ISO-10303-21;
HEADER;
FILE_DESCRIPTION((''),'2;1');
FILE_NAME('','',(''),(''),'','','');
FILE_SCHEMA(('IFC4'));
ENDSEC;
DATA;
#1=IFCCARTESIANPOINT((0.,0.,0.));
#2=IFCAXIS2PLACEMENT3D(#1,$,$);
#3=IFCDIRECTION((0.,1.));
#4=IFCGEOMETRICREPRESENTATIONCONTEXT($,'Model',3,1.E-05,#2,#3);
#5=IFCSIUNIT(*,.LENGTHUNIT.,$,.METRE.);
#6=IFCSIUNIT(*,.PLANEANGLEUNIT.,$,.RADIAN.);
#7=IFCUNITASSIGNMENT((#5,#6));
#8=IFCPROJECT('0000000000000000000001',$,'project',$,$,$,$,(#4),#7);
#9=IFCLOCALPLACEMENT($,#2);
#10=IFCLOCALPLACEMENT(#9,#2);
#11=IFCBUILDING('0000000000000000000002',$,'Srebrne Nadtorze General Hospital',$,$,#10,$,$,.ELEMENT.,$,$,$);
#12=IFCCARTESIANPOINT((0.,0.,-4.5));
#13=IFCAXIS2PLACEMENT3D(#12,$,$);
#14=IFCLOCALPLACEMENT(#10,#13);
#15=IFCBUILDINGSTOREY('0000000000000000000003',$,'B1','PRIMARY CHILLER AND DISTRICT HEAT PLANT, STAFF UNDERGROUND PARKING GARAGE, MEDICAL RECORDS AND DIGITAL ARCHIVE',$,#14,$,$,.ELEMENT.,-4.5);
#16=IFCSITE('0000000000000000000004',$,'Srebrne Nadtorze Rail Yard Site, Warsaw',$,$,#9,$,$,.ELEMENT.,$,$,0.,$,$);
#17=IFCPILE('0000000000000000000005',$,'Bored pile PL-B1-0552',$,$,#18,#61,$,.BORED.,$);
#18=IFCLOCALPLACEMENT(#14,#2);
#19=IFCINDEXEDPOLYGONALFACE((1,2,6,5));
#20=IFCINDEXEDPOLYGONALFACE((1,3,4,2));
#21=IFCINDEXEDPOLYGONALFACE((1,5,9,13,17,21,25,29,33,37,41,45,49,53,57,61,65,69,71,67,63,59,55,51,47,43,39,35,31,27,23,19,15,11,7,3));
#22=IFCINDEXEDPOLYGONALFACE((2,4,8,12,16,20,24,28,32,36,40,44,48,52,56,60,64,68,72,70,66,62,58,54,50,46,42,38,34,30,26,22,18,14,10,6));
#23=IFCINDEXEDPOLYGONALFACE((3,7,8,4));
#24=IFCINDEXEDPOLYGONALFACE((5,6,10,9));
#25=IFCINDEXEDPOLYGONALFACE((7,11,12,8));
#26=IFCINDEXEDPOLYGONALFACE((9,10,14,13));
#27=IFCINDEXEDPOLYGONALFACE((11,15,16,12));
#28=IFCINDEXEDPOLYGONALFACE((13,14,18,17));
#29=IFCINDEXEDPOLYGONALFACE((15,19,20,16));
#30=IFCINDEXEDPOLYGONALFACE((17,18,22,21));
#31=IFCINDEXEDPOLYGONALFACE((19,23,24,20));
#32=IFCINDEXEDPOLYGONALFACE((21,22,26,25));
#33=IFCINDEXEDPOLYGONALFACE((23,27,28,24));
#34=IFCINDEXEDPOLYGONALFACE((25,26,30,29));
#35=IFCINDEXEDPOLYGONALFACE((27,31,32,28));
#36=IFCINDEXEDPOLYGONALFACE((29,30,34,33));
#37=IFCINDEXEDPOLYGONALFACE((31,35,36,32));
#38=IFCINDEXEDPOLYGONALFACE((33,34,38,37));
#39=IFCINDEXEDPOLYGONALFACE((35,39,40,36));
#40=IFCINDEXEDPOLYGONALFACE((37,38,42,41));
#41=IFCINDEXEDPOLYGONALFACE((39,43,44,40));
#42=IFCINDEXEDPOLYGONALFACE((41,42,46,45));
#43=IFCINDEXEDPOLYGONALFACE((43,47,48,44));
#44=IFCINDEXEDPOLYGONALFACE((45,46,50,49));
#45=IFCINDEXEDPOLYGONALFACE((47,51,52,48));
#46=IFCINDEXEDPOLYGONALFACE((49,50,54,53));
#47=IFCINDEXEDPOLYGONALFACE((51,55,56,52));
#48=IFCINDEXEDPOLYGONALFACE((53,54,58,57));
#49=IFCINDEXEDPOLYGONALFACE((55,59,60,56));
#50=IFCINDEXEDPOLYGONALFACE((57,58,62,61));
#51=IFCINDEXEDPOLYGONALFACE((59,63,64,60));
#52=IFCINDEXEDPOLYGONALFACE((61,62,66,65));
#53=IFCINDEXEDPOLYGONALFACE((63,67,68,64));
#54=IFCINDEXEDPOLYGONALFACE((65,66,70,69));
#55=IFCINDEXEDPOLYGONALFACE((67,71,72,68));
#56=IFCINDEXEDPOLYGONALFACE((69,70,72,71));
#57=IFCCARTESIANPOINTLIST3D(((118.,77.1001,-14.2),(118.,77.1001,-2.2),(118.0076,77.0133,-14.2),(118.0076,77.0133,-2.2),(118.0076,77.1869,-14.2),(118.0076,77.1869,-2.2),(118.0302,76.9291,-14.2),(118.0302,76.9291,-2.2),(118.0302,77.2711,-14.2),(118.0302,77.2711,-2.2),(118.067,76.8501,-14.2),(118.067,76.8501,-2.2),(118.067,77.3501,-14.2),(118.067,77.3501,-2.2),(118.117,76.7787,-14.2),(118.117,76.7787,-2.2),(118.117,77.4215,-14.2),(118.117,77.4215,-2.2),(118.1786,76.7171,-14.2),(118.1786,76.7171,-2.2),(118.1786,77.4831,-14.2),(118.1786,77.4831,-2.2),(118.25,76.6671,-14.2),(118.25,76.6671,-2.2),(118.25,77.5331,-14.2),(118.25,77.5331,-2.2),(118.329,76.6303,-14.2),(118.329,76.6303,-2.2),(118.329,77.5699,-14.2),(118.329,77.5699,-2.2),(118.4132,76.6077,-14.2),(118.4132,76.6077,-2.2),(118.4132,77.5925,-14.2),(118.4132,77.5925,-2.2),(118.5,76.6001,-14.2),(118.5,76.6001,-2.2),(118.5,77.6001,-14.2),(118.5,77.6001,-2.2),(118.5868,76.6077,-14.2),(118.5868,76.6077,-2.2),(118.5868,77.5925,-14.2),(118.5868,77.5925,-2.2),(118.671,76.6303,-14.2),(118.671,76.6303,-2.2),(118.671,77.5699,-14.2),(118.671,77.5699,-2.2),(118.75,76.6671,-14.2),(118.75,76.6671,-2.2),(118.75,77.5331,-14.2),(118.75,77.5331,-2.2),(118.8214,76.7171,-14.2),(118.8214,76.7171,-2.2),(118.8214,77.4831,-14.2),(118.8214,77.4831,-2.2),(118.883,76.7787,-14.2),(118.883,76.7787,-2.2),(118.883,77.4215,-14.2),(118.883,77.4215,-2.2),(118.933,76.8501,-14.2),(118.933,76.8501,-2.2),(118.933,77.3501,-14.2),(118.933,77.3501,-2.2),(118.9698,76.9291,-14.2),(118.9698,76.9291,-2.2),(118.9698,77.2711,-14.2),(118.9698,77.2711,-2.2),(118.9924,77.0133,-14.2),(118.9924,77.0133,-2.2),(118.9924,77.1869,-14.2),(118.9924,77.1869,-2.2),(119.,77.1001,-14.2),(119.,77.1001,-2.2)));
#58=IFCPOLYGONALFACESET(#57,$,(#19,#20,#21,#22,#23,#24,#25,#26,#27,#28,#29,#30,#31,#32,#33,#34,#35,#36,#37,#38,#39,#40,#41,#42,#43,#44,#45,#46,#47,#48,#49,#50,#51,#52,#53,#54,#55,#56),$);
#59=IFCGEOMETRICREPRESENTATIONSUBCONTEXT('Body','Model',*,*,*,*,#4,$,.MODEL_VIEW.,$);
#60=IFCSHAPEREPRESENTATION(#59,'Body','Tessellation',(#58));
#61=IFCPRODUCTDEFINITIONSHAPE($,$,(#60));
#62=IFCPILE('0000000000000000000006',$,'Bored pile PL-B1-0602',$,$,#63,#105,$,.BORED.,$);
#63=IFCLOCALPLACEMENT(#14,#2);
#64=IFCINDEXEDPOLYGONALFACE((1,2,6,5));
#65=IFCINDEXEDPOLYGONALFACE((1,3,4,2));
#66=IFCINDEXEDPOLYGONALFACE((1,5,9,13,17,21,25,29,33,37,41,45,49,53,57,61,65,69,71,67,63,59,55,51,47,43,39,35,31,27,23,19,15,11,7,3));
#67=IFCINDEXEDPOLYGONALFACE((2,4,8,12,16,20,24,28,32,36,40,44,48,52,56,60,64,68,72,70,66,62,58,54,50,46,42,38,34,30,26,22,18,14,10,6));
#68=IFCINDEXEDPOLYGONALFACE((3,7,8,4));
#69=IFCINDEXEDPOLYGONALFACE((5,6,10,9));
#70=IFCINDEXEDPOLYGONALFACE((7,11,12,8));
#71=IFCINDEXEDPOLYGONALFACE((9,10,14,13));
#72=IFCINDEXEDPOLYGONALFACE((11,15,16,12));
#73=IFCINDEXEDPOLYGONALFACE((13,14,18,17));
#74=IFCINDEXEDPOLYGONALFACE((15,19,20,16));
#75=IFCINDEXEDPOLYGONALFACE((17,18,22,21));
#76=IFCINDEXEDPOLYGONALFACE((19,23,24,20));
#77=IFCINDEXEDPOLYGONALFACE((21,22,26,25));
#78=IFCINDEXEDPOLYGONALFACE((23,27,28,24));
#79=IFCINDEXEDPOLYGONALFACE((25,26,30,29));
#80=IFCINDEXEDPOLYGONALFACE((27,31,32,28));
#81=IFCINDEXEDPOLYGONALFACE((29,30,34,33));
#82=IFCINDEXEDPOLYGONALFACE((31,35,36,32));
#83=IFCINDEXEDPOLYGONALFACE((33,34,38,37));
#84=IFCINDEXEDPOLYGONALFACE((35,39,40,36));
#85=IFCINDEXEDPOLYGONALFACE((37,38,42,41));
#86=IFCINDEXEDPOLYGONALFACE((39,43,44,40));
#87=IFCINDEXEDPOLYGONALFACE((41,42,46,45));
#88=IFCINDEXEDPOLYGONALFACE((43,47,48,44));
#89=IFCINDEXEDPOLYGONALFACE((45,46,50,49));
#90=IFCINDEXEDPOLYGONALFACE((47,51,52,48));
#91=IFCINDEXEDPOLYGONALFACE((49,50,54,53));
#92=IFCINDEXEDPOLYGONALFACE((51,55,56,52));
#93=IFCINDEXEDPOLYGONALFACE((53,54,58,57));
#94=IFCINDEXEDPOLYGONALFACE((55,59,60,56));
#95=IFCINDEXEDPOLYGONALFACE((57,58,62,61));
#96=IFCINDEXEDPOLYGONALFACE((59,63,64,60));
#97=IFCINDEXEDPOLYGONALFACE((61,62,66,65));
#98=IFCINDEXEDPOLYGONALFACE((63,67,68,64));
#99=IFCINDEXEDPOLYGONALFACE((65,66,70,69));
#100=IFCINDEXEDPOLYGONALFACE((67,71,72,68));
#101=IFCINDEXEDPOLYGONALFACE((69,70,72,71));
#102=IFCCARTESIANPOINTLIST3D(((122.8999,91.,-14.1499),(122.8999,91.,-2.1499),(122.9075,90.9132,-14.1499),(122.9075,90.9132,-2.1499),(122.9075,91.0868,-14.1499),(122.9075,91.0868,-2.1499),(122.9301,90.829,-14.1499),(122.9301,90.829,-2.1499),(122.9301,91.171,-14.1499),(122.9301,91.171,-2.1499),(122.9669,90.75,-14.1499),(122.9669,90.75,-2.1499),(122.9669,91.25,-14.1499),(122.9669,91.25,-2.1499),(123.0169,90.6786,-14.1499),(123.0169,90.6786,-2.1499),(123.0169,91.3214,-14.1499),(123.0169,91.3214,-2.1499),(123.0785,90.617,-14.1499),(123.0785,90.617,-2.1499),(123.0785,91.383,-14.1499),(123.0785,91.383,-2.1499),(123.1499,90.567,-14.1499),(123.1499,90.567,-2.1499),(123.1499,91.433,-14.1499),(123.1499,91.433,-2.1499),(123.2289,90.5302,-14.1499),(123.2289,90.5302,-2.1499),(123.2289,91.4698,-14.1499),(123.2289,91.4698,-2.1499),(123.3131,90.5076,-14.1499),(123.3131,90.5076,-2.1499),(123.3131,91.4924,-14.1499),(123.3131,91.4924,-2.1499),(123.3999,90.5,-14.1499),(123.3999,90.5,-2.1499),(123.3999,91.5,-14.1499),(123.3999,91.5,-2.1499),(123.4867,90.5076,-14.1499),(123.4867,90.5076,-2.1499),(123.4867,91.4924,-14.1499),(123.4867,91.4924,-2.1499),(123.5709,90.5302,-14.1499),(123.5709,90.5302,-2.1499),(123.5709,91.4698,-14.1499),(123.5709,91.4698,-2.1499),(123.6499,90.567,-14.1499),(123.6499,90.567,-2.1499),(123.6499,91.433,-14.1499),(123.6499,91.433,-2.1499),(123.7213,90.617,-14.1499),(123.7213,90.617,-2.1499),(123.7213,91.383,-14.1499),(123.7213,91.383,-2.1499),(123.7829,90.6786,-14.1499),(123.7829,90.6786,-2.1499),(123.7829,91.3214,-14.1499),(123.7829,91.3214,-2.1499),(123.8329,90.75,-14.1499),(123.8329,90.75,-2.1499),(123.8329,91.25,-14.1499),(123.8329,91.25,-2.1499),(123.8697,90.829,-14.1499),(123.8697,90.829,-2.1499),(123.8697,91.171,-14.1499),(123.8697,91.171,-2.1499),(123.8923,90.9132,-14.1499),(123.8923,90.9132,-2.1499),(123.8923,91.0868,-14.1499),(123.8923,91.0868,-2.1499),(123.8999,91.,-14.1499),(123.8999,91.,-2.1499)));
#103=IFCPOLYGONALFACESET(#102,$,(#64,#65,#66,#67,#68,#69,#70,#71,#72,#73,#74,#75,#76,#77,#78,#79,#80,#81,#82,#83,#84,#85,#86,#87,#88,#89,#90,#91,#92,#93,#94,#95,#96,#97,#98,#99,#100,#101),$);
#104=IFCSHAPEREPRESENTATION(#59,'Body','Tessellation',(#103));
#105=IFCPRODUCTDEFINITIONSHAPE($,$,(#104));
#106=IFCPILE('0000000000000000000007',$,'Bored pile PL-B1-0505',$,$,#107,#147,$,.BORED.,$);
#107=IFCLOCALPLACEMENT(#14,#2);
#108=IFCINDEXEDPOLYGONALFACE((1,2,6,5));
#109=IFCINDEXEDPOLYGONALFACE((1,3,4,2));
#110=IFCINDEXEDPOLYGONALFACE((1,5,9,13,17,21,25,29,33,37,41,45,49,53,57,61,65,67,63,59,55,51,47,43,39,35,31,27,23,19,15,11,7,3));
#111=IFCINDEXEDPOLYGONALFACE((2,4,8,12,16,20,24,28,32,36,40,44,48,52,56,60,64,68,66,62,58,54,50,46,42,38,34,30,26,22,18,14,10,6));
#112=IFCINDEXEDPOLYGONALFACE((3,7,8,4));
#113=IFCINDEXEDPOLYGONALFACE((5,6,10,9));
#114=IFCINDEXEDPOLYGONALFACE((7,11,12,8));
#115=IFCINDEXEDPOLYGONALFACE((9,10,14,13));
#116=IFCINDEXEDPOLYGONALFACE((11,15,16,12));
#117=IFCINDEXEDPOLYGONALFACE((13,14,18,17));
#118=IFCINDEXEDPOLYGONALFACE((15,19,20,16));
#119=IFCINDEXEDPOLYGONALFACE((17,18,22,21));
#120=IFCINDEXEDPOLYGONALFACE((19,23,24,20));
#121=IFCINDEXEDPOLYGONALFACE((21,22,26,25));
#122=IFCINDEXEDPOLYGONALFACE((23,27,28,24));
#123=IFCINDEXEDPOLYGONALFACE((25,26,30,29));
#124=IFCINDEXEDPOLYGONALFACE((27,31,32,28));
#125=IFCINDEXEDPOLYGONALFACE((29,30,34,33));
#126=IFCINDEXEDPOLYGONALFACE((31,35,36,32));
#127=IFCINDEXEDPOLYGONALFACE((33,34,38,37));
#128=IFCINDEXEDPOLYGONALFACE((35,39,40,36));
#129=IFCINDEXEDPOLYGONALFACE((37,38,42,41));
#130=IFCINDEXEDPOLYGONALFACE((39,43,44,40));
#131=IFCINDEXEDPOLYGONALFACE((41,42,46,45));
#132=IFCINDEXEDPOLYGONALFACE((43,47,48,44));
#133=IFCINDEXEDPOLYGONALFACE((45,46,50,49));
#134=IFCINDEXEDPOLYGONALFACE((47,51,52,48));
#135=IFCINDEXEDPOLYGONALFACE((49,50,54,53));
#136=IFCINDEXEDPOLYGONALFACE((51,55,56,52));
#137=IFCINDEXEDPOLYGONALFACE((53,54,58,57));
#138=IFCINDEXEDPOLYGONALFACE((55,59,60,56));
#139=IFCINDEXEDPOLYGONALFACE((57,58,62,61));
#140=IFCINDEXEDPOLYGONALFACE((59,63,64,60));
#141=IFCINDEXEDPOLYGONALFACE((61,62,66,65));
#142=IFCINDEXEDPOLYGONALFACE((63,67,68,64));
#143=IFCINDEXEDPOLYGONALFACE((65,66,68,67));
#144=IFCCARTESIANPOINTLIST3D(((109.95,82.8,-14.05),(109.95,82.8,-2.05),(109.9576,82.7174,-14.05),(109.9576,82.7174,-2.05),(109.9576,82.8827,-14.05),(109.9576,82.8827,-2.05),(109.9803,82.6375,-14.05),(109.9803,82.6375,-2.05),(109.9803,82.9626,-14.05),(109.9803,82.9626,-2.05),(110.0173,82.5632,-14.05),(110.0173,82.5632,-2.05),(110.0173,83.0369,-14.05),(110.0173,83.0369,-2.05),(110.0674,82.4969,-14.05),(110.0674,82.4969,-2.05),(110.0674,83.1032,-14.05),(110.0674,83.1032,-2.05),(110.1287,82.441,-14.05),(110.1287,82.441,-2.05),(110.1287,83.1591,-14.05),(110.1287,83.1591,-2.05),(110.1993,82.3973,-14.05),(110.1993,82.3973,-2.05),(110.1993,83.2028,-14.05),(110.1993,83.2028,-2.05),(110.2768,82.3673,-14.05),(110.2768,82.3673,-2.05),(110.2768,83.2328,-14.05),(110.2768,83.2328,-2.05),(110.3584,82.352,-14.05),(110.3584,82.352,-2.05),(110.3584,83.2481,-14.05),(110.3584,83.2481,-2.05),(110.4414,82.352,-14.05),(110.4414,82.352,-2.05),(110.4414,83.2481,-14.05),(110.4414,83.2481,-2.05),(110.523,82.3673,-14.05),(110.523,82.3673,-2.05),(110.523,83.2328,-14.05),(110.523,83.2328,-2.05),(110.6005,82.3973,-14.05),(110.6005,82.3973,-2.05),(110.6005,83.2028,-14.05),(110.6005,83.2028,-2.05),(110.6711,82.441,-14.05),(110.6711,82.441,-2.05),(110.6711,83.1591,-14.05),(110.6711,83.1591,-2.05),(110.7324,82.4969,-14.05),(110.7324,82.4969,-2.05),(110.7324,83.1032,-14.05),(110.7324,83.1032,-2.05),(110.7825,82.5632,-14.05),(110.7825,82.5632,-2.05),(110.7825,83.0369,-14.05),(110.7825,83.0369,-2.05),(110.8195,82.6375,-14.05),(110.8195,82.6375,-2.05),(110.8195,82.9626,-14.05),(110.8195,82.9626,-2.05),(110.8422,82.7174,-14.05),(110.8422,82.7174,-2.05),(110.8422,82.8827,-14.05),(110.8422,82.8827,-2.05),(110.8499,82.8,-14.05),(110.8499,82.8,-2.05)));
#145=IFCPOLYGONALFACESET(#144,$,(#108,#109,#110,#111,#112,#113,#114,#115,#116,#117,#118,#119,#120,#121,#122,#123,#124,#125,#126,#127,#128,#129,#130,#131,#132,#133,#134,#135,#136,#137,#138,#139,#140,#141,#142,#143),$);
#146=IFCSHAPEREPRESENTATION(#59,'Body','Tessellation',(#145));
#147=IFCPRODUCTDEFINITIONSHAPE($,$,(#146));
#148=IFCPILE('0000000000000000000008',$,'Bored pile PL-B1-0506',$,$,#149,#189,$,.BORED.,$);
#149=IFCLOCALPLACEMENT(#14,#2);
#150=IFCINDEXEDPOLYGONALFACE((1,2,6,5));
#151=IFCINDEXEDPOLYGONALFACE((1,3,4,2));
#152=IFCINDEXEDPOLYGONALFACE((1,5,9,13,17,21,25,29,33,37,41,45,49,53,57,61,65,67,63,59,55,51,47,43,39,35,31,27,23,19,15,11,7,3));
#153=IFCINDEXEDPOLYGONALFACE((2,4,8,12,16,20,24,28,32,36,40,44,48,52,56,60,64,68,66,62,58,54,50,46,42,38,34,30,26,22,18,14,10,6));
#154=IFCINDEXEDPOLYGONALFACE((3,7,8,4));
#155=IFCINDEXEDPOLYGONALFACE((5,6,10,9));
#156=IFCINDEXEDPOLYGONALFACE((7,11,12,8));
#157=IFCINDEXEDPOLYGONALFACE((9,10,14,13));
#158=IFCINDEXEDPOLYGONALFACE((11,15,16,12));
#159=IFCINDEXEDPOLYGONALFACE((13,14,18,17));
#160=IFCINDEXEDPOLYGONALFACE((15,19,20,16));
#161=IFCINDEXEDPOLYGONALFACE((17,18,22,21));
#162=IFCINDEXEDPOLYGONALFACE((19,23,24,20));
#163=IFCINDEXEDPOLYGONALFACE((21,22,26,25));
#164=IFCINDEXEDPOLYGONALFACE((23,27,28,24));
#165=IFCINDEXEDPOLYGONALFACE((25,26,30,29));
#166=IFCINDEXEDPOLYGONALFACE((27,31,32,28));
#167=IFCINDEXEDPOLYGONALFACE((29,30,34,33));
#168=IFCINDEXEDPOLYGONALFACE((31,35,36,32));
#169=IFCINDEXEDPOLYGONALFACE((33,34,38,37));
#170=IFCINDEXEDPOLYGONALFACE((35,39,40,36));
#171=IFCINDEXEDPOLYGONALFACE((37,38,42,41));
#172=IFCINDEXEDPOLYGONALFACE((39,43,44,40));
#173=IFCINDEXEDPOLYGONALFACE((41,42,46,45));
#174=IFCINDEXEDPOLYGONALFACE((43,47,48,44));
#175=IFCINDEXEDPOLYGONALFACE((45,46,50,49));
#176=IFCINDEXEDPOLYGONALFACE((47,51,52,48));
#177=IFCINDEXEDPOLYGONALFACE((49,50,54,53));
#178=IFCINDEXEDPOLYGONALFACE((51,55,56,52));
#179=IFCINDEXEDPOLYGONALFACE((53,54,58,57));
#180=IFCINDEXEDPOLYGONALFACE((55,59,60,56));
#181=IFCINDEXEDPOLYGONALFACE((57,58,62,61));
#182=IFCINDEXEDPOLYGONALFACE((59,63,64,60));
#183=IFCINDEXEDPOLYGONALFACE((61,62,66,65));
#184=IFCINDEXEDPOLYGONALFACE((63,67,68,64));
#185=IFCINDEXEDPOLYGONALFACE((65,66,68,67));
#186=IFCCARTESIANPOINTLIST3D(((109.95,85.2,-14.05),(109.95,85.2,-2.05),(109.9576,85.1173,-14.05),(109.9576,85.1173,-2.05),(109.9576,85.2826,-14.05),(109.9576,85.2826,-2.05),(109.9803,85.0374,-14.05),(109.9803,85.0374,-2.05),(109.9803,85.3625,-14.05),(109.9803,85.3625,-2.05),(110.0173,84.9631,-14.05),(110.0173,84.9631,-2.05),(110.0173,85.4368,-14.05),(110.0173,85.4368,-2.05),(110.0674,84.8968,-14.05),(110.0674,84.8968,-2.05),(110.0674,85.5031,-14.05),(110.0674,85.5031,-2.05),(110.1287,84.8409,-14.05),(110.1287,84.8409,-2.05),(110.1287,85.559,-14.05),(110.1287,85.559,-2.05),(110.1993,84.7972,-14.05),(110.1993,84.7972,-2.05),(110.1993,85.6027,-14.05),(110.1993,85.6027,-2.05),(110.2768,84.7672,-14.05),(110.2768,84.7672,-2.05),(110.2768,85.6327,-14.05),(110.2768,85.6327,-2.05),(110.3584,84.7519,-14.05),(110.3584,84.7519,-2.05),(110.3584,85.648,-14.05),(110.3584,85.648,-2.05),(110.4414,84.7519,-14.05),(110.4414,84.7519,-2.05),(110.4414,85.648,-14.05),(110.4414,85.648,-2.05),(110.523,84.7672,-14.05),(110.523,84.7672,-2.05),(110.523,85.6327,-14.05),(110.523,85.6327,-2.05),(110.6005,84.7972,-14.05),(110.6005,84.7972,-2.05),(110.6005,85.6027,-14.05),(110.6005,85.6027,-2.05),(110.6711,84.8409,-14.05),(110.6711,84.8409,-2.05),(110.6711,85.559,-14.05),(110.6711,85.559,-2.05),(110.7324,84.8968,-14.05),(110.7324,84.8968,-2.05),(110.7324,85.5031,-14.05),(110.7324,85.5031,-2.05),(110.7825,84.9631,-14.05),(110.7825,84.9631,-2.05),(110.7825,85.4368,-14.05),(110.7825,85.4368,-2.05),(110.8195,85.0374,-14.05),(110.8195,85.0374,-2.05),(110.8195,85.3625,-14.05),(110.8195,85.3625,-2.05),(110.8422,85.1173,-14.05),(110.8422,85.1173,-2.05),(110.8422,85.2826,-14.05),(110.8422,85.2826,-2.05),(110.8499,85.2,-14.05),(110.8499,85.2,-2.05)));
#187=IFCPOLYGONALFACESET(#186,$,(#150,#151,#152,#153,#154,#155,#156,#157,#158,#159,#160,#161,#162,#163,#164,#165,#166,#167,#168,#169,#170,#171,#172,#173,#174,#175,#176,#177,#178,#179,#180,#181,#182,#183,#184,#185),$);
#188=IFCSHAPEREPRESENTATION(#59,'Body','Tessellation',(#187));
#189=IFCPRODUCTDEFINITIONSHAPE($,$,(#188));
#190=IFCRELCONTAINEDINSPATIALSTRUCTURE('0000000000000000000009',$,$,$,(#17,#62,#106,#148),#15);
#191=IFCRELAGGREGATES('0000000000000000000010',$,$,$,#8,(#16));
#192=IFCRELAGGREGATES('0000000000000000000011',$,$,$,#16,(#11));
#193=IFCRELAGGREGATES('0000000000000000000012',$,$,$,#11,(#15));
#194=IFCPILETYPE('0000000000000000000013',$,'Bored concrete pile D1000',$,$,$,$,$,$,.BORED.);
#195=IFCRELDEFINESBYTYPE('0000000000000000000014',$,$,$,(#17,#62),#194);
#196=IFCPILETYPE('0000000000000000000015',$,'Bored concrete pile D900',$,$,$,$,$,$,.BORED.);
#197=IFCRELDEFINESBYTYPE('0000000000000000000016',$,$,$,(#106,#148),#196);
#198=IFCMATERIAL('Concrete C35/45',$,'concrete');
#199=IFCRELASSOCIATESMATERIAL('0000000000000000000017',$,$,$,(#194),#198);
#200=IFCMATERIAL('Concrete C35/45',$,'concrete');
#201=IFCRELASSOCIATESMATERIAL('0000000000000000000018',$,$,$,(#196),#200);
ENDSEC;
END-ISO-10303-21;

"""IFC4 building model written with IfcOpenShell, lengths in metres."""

from ifc_helpers import new_model, si_unit, direction, frame, origin, origin_2d, place, context, subcontext, project, spatial, circle, extrude, material, material_profile, profile_set, type_object, element, save


model = new_model("IFC4")

# Units and contexts
model_context = context("Model", 3, precision=1e-05, world=origin(), true_north=direction((0.0, 1.0)))
body_context = subcontext(model_context, "Body", "Model", "MODEL_VIEW")
ifc_project = project(units=[si_unit("LENGTHUNIT", "METRE"), si_unit("PLANEANGLEUNIT", "RADIAN")], contexts=[model_context])

# Site, building, storey
site_placement = place(None, origin())
site = spatial("IfcSite", under=ifc_project, at=site_placement, Name="Srebrne Nadtorze Rail Yard Site, Warsaw", CompositionType="ELEMENT", RefElevation=0.0)
building_placement = place(site_placement, origin())
building = spatial("IfcBuilding", under=site, at=building_placement, Name="Srebrne Nadtorze General Hospital", CompositionType="ELEMENT")
storey_placement = place(building_placement, frame((0.0, 0.0, -4.5)))
storey = spatial("IfcBuildingStorey", under=building, at=storey_placement, Name="B1", Description="PRIMARY CHILLER AND DISTRICT HEAT PLANT, STAFF UNDERGROUND PARKING GARAGE, MEDICAL RECORDS AND DIGITAL ARCHIVE", CompositionType="ELEMENT", Elevation=-4.5)

# Piles
ifc_material_1 = material(Name="Concrete C35/45", Category="concrete")
ifc_material_profile_1 = material_profile(ifc_material_1, circle(Radius=0.5, at=origin_2d()), Name="PILE-D1000")
ifc_profile_set_1 = profile_set([ifc_material_profile_1], Name="Concrete C35/45")
pile_type_1 = type_object("IfcPileType", Name="Bored concrete pile D1000", PredefinedType="BORED", material=ifc_profile_set_1)
for number, where, z_axis, x_axis, name in (
    (1, (118.5, 77.1001, -2.2), (0.0, 0.0, -1.0), (1.0, 0.0, 0.0), "Bored pile PL-B1-0552"),
    (2, (123.3999, 91.0, -2.1499), (0.0, 0.0, -1.0), (1.0, 0.0, 0.0), "Bored pile PL-B1-0602"),
):
    element("IfcPile", number, at=place(storey_placement, frame(where, z_axis=z_axis, x_axis=x_axis)), inside=storey, type_object=pile_type_1, Name=name, PredefinedType="BORED", context=body_context, shape_type="SweptSolid", body=[
        extrude(circle(Radius=0.5, at=origin_2d()), origin(), (0.0, 0.0, 1.0), 12.0),
    ])
ifc_material_2 = material(Name="Concrete C35/45", Category="concrete")
ifc_material_profile_2 = material_profile(ifc_material_2, circle(Radius=0.45, at=origin_2d()), Name="PILE-D900")
ifc_profile_set_2 = profile_set([ifc_material_profile_2], Name="Concrete C35/45")
pile_type_2 = type_object("IfcPileType", Name="Bored concrete pile D900", PredefinedType="BORED", material=ifc_profile_set_2)
for number, where, z_axis, x_axis, name in (
    (3, (110.3999, 82.8, -2.05), (0.0, 0.0, -1.0), (1.0, 0.0, 0.0), "Bored pile PL-B1-0505"),
    (4, (110.3999, 85.2, -2.05), (0.0, 0.0, -1.0), (1.0, 0.0, 0.0), "Bored pile PL-B1-0506"),
):
    element("IfcPile", number, at=place(storey_placement, frame(where, z_axis=z_axis, x_axis=x_axis)), inside=storey, type_object=pile_type_2, Name=name, PredefinedType="BORED", context=body_context, shape_type="SweptSolid", body=[
        extrude(circle(Radius=0.45, at=origin_2d()), origin(), (0.0, 0.0, 1.0), 12.0),
    ])

save(model, "model.ifc")
